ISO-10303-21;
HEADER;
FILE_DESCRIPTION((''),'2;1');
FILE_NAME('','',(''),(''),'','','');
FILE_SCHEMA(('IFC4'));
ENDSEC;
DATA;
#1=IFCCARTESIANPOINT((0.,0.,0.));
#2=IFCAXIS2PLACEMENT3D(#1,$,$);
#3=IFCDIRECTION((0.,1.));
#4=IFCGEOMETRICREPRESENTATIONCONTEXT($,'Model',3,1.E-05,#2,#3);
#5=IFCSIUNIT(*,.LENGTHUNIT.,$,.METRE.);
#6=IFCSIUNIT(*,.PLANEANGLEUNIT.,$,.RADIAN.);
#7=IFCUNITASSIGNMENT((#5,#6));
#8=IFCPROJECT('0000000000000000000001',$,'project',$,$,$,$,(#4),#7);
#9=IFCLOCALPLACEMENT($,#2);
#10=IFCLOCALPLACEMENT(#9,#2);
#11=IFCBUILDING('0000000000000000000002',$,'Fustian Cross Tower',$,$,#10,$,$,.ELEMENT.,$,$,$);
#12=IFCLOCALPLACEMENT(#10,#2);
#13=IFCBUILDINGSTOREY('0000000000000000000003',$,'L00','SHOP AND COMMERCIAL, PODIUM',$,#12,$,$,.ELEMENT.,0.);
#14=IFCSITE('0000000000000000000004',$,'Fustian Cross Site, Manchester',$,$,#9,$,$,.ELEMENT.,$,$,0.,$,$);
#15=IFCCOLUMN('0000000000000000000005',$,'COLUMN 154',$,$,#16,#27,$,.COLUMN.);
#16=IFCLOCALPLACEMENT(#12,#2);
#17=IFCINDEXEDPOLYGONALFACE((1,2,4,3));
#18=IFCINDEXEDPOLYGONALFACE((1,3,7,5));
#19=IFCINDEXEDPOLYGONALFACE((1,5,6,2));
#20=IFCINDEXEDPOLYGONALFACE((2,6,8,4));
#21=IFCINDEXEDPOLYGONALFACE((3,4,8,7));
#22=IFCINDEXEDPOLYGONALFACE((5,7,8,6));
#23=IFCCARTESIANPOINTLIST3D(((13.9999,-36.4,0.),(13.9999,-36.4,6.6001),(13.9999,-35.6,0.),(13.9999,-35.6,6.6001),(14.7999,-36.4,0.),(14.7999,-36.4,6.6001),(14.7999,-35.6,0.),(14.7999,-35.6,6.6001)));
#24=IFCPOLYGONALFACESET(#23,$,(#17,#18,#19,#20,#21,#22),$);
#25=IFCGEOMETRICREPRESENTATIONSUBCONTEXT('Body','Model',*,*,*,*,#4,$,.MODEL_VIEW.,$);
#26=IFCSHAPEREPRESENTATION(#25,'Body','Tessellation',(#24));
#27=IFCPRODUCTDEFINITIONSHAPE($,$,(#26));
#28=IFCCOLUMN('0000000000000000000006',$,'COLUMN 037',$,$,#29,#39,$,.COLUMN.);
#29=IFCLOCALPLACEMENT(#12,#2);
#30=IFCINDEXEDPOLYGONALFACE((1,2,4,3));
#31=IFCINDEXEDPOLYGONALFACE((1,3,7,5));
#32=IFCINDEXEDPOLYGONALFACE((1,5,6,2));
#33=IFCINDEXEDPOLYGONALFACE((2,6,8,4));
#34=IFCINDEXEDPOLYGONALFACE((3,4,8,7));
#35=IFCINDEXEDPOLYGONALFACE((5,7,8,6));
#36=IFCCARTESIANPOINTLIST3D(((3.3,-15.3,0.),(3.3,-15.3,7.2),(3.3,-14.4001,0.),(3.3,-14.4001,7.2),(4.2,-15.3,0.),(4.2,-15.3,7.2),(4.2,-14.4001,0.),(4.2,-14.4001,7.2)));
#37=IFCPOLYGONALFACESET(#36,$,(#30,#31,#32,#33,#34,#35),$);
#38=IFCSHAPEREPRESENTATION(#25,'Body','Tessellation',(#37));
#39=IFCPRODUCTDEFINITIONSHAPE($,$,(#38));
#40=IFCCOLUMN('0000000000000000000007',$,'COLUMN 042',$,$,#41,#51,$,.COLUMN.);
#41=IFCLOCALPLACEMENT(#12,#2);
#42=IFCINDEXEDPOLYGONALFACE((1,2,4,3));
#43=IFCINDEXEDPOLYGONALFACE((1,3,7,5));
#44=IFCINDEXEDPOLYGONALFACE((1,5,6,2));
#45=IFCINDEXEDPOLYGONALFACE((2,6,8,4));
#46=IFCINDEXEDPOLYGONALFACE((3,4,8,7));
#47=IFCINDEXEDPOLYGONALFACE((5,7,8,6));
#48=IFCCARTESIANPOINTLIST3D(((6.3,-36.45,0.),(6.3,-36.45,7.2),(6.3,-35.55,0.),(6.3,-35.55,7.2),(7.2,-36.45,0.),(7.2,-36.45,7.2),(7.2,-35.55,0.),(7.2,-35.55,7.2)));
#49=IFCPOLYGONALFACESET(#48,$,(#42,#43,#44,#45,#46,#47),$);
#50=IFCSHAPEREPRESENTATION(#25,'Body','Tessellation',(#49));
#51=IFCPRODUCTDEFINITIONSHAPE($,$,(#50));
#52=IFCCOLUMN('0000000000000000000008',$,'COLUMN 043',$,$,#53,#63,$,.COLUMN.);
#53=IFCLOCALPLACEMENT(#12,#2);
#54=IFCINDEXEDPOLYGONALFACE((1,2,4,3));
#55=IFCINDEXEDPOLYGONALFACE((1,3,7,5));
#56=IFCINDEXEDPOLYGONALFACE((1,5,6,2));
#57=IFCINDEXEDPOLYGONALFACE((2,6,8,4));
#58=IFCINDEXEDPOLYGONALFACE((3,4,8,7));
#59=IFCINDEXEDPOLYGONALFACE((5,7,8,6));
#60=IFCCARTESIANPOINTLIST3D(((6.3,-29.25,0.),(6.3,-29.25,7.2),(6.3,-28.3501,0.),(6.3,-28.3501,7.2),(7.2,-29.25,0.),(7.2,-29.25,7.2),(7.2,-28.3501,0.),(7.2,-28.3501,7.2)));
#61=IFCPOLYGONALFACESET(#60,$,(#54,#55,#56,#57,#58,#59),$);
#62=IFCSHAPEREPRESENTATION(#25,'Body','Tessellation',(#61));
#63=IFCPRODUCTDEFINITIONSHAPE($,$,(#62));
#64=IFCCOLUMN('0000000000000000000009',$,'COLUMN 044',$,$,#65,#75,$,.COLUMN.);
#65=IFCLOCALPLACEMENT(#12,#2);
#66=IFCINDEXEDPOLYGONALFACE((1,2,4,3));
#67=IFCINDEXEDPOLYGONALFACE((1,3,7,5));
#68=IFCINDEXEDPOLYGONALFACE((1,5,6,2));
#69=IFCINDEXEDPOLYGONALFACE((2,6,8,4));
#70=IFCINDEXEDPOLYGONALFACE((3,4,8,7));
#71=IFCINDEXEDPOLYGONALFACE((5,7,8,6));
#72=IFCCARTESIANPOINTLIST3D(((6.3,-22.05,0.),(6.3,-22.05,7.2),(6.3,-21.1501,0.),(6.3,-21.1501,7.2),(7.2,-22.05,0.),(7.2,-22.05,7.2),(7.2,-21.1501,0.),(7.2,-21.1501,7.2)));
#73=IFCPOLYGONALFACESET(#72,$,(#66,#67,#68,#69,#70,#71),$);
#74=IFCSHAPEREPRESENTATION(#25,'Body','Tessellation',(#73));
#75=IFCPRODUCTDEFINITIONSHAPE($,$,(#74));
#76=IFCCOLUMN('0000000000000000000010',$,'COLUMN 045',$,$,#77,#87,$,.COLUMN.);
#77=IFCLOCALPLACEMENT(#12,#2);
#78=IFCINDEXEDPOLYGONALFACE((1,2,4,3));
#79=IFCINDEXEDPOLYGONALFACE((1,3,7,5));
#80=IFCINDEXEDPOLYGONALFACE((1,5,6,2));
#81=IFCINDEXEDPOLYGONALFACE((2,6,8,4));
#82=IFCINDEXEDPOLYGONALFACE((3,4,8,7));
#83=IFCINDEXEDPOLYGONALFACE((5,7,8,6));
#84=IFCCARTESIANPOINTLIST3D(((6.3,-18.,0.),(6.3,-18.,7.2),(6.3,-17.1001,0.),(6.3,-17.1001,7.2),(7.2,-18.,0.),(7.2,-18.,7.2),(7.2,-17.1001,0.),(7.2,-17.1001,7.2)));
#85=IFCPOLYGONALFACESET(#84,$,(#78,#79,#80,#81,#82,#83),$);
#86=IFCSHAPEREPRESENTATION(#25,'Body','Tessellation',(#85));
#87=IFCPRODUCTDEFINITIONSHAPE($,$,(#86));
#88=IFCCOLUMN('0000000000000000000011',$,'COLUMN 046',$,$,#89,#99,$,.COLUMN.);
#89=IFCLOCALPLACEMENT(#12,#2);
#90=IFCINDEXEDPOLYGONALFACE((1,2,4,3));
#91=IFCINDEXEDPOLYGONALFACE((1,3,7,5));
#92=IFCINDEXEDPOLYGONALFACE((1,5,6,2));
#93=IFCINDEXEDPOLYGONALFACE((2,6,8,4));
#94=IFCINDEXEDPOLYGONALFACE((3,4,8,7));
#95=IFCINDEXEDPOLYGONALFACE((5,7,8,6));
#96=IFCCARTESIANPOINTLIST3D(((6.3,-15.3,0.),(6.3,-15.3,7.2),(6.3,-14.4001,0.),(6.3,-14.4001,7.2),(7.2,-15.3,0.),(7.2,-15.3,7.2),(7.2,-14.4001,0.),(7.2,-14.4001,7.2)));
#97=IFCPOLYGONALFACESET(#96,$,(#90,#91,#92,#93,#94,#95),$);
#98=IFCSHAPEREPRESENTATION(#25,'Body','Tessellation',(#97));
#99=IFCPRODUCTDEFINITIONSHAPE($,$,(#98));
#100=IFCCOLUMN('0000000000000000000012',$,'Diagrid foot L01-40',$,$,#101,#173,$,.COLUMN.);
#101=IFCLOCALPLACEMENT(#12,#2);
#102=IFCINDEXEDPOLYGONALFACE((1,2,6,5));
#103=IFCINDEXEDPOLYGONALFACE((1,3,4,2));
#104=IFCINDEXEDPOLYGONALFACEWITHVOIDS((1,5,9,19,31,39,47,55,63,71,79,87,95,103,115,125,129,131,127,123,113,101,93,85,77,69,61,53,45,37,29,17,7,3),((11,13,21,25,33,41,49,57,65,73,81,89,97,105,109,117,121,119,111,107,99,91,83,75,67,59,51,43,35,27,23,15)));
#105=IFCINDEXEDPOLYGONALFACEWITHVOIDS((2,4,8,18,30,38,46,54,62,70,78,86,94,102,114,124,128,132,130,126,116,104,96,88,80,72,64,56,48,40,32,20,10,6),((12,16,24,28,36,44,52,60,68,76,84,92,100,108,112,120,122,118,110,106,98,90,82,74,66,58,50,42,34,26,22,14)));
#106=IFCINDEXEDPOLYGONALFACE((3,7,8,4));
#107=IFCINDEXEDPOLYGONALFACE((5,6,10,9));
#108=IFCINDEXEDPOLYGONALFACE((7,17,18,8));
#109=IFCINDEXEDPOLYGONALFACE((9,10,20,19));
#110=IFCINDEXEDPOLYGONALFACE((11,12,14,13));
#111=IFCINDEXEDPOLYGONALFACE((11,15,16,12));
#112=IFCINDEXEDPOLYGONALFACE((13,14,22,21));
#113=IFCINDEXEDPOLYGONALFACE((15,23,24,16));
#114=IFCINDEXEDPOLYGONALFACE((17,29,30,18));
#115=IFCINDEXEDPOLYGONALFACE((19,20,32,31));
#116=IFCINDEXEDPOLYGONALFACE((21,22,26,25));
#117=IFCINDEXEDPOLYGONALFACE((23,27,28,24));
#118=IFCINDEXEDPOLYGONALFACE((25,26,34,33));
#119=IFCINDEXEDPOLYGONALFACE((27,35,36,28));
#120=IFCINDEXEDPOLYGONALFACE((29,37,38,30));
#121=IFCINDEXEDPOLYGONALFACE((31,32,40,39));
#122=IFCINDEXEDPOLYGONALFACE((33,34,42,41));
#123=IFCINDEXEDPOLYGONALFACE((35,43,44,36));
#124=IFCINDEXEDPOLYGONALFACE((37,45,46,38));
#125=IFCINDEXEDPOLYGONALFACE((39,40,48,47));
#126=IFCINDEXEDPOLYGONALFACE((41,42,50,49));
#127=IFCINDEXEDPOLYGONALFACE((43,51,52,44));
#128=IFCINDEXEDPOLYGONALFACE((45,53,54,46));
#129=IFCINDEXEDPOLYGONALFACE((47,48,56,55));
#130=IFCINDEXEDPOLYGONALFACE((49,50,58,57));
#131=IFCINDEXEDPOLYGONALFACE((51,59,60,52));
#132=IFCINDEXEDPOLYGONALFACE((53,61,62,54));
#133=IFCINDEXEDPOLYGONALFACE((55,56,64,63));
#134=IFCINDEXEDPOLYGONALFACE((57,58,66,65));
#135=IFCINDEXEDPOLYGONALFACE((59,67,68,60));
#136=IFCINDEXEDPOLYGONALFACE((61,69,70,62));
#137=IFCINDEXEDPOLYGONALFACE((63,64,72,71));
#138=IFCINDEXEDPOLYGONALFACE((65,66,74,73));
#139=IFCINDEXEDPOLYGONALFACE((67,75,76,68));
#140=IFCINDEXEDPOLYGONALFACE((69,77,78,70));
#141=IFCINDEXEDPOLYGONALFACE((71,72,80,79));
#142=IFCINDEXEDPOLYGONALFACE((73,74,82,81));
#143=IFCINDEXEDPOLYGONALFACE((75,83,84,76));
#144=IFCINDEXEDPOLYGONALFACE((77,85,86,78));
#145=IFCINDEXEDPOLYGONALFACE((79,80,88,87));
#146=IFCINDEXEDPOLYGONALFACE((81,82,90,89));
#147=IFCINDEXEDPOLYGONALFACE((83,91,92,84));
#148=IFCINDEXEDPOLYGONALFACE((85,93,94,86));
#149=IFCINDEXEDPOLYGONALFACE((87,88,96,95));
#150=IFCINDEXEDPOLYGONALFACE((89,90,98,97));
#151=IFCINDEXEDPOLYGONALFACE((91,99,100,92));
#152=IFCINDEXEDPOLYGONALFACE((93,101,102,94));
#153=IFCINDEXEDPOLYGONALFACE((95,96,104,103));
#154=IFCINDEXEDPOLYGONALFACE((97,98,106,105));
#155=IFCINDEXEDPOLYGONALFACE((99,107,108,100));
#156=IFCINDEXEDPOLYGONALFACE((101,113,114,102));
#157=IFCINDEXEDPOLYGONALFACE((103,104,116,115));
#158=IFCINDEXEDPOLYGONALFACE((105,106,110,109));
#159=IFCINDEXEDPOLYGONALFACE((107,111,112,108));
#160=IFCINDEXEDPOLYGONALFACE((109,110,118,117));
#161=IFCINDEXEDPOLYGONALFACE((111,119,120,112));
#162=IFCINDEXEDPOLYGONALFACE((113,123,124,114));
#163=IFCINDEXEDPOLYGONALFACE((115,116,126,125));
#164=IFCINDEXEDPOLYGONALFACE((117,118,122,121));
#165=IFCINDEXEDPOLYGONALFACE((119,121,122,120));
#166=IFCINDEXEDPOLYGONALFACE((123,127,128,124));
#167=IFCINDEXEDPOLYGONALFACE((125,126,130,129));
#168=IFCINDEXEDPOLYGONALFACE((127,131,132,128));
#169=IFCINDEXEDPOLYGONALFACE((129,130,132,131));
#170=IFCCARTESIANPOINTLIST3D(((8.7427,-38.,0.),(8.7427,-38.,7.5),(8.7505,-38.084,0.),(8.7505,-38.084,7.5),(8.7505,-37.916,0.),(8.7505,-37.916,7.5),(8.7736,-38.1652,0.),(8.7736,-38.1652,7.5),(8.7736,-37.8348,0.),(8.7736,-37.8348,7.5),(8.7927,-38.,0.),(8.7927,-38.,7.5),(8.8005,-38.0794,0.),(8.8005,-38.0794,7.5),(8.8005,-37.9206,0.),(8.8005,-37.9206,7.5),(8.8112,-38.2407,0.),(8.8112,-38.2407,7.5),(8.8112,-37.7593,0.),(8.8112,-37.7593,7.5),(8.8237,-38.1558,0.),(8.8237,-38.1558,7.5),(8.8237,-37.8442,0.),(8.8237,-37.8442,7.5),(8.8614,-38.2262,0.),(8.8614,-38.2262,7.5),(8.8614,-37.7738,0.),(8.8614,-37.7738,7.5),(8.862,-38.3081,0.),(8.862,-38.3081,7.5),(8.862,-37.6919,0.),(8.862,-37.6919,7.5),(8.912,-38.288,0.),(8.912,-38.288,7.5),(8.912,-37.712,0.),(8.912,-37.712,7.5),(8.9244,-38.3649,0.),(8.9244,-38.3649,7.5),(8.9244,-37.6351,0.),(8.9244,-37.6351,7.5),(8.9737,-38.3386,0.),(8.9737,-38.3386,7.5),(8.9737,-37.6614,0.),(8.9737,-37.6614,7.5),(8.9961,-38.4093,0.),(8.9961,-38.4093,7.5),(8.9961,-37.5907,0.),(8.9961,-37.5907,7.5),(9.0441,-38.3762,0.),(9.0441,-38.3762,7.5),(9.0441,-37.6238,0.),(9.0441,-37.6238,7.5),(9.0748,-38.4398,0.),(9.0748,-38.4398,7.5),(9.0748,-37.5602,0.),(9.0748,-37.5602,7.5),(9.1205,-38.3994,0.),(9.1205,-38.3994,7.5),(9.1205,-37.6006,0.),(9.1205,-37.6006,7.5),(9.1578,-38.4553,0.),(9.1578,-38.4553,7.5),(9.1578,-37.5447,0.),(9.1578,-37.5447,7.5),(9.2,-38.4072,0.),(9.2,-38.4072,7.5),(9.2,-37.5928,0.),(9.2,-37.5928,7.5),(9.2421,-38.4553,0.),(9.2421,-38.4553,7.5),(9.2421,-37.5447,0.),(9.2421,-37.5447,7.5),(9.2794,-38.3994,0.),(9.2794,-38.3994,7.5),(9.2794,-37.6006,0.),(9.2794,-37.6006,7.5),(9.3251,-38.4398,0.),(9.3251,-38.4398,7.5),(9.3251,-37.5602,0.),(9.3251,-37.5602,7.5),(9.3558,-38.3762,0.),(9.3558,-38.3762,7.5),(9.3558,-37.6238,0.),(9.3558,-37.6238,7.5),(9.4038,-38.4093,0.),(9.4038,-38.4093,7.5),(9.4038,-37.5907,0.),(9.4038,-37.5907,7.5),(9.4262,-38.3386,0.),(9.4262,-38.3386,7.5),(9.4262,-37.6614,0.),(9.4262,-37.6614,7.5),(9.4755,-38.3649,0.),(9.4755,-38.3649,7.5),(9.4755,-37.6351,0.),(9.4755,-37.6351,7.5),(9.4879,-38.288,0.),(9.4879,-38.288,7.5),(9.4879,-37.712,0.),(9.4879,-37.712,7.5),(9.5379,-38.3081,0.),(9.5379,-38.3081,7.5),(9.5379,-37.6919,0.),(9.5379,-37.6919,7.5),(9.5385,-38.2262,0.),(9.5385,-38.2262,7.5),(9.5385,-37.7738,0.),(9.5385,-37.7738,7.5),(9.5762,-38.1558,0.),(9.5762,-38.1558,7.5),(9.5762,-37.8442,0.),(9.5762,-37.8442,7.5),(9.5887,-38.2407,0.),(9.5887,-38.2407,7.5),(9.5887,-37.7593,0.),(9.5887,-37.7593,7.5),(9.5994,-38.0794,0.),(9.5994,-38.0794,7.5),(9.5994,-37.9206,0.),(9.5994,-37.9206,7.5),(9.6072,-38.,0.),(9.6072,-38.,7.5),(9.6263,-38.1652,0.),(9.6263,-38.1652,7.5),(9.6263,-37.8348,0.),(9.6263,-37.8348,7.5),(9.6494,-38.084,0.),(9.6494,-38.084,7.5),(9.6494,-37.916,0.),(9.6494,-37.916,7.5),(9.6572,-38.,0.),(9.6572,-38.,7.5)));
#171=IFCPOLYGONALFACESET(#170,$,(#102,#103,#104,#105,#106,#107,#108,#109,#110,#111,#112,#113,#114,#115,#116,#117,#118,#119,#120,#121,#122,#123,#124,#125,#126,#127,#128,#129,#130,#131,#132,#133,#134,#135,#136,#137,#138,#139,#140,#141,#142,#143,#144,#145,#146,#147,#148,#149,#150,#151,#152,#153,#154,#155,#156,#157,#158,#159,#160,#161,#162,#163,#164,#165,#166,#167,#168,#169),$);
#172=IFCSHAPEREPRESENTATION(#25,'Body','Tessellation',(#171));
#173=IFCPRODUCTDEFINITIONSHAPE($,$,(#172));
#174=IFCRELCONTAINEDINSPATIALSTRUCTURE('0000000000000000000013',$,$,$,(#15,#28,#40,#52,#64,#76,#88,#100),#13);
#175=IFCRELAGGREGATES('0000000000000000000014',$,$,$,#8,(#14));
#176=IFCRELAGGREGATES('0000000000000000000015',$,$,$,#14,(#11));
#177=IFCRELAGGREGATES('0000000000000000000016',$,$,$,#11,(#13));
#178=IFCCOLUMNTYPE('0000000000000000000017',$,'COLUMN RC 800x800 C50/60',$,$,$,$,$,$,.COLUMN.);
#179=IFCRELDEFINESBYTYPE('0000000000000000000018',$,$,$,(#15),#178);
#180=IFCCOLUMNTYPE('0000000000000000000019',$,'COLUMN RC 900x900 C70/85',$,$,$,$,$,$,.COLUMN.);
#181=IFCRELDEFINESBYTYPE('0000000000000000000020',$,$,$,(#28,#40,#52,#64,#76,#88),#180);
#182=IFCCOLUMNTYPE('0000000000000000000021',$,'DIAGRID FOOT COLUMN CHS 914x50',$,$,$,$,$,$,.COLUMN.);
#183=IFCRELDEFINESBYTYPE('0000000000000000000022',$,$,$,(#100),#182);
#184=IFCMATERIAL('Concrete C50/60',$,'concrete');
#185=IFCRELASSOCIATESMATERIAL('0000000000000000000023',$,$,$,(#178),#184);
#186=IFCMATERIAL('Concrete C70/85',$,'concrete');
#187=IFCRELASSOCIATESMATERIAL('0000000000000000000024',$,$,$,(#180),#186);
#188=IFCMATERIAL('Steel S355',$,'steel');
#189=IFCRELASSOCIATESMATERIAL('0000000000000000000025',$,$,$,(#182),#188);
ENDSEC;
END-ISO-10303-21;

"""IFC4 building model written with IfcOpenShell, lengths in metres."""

from ifc_helpers import new_model, si_unit, direction, frame, origin, origin_2d, place, context, subcontext, project, spatial, rectangle, hollow_circle, extrude, material, material_profile, profile_set, type_object, element, save


model = new_model("IFC4")

# Units and contexts
model_context = context("Model", 3, precision=1e-05, world=origin(), true_north=direction((0.0, 1.0)))
body_context = subcontext(model_context, "Body", "Model", "MODEL_VIEW")
ifc_project = project(units=[si_unit("LENGTHUNIT", "METRE"), si_unit("PLANEANGLEUNIT", "RADIAN")], contexts=[model_context])

# Site, building, storey
site_placement = place(None, origin())
site = spatial("IfcSite", under=ifc_project, at=site_placement, Name="Fustian Cross Site, Manchester", CompositionType="ELEMENT", RefElevation=0.0)
building_placement = place(site_placement, origin())
building = spatial("IfcBuilding", under=site, at=building_placement, Name="Fustian Cross Tower", CompositionType="ELEMENT")
storey_placement = place(building_placement, origin())
storey = spatial("IfcBuildingStorey", under=building, at=storey_placement, Name="L00", Description="SHOP AND COMMERCIAL, PODIUM", CompositionType="ELEMENT", Elevation=0.0)

# Columns
ifc_material_1 = material(Name="Concrete C50/60", Category="concrete")
ifc_material_profile_1 = material_profile(ifc_material_1, rectangle(XDim=0.8, YDim=0.8, at=origin_2d()), Name="RC 800x800")
ifc_profile_set_1 = profile_set([ifc_material_profile_1], Name="Concrete C50/60")
column_type_1 = type_object("IfcColumnType", Name="COLUMN RC 800x800 C50/60", PredefinedType="COLUMN", material=ifc_profile_set_1)
column_placement = place(storey_placement, frame((14.3999, -36.0, 0.0), z_axis=(0.0, 0.0, 1.0), x_axis=(1.0, 0.0, 0.0)))
element("IfcColumn", 1, at=column_placement, inside=storey, type_object=column_type_1, Name="COLUMN 154", PredefinedType="COLUMN", context=body_context, shape_type="SweptSolid", body=[
    extrude(rectangle(XDim=0.8, YDim=0.8, at=origin_2d()), origin(), (0.0, 0.0, 1.0), 6.6001),
])
ifc_material_2 = material(Name="Concrete C70/85", Category="concrete")
ifc_material_profile_2 = material_profile(ifc_material_2, rectangle(XDim=0.8999, YDim=0.8999, at=origin_2d()), Name="RC 900x900")
ifc_profile_set_2 = profile_set([ifc_material_profile_2], Name="Concrete C70/85")
column_type_2 = type_object("IfcColumnType", Name="COLUMN RC 900x900 C70/85", PredefinedType="COLUMN", material=ifc_profile_set_2)
for number, where, z_axis, x_axis, name in (
    (2, (3.75, -14.8501, 0.0), (0.0, 0.0, 1.0), (1.0, 0.0, 0.0), "COLUMN 037"),
    (3, (6.75, -36.0, 0.0), (0.0, 0.0, 1.0), (1.0, 0.0, 0.0), "COLUMN 042"),
    (4, (6.75, -28.8, 0.0), (0.0, 0.0, 1.0), (1.0, 0.0, 0.0), "COLUMN 043"),
    (5, (6.75, -21.6001, 0.0), (0.0, 0.0, 1.0), (1.0, 0.0, 0.0), "COLUMN 044"),
    (6, (6.75, -17.55, 0.0), (0.0, 0.0, 1.0), (1.0, 0.0, 0.0), "COLUMN 045"),
    (7, (6.75, -14.8501, 0.0), (0.0, 0.0, 1.0), (1.0, 0.0, 0.0), "COLUMN 046"),
):
    element("IfcColumn", number, at=place(storey_placement, frame(where, z_axis=z_axis, x_axis=x_axis)), inside=storey, type_object=column_type_2, Name=name, PredefinedType="COLUMN", context=body_context, shape_type="SweptSolid", body=[
        extrude(rectangle(XDim=0.8999, YDim=0.8999, at=origin_2d()), origin(), (0.0, 0.0, 1.0), 7.2),
    ])
ifc_material_3 = material(Name="Steel S355", Category="steel")
ifc_material_profile_3 = material_profile(ifc_material_3, hollow_circle(Radius=0.4573, WallThickness=0.05, at=origin_2d()), Name="CHS 914x50")
ifc_profile_set_3 = profile_set([ifc_material_profile_3], Name="Steel S355")
column_type_3 = type_object("IfcColumnType", Name="DIAGRID FOOT COLUMN CHS 914x50", PredefinedType="COLUMN", material=ifc_profile_set_3)
for number, where, z_axis, x_axis, name in (
    (8, (9.2, -38.0, 0.0), (0.0, 0.0, 1.0), (1.0, 0.0, 0.0), "Diagrid foot L01-40"),
):
    element("IfcColumn", number, at=place(storey_placement, frame(where, z_axis=z_axis, x_axis=x_axis)), inside=storey, type_object=column_type_3, Name=name, PredefinedType="COLUMN", context=body_context, shape_type="SweptSolid", body=[
        extrude(hollow_circle(Radius=0.4573, WallThickness=0.05, at=origin_2d()), origin(), (0.0, 0.0, 1.0), 7.5),
    ])

save(model, "model.ifc")
